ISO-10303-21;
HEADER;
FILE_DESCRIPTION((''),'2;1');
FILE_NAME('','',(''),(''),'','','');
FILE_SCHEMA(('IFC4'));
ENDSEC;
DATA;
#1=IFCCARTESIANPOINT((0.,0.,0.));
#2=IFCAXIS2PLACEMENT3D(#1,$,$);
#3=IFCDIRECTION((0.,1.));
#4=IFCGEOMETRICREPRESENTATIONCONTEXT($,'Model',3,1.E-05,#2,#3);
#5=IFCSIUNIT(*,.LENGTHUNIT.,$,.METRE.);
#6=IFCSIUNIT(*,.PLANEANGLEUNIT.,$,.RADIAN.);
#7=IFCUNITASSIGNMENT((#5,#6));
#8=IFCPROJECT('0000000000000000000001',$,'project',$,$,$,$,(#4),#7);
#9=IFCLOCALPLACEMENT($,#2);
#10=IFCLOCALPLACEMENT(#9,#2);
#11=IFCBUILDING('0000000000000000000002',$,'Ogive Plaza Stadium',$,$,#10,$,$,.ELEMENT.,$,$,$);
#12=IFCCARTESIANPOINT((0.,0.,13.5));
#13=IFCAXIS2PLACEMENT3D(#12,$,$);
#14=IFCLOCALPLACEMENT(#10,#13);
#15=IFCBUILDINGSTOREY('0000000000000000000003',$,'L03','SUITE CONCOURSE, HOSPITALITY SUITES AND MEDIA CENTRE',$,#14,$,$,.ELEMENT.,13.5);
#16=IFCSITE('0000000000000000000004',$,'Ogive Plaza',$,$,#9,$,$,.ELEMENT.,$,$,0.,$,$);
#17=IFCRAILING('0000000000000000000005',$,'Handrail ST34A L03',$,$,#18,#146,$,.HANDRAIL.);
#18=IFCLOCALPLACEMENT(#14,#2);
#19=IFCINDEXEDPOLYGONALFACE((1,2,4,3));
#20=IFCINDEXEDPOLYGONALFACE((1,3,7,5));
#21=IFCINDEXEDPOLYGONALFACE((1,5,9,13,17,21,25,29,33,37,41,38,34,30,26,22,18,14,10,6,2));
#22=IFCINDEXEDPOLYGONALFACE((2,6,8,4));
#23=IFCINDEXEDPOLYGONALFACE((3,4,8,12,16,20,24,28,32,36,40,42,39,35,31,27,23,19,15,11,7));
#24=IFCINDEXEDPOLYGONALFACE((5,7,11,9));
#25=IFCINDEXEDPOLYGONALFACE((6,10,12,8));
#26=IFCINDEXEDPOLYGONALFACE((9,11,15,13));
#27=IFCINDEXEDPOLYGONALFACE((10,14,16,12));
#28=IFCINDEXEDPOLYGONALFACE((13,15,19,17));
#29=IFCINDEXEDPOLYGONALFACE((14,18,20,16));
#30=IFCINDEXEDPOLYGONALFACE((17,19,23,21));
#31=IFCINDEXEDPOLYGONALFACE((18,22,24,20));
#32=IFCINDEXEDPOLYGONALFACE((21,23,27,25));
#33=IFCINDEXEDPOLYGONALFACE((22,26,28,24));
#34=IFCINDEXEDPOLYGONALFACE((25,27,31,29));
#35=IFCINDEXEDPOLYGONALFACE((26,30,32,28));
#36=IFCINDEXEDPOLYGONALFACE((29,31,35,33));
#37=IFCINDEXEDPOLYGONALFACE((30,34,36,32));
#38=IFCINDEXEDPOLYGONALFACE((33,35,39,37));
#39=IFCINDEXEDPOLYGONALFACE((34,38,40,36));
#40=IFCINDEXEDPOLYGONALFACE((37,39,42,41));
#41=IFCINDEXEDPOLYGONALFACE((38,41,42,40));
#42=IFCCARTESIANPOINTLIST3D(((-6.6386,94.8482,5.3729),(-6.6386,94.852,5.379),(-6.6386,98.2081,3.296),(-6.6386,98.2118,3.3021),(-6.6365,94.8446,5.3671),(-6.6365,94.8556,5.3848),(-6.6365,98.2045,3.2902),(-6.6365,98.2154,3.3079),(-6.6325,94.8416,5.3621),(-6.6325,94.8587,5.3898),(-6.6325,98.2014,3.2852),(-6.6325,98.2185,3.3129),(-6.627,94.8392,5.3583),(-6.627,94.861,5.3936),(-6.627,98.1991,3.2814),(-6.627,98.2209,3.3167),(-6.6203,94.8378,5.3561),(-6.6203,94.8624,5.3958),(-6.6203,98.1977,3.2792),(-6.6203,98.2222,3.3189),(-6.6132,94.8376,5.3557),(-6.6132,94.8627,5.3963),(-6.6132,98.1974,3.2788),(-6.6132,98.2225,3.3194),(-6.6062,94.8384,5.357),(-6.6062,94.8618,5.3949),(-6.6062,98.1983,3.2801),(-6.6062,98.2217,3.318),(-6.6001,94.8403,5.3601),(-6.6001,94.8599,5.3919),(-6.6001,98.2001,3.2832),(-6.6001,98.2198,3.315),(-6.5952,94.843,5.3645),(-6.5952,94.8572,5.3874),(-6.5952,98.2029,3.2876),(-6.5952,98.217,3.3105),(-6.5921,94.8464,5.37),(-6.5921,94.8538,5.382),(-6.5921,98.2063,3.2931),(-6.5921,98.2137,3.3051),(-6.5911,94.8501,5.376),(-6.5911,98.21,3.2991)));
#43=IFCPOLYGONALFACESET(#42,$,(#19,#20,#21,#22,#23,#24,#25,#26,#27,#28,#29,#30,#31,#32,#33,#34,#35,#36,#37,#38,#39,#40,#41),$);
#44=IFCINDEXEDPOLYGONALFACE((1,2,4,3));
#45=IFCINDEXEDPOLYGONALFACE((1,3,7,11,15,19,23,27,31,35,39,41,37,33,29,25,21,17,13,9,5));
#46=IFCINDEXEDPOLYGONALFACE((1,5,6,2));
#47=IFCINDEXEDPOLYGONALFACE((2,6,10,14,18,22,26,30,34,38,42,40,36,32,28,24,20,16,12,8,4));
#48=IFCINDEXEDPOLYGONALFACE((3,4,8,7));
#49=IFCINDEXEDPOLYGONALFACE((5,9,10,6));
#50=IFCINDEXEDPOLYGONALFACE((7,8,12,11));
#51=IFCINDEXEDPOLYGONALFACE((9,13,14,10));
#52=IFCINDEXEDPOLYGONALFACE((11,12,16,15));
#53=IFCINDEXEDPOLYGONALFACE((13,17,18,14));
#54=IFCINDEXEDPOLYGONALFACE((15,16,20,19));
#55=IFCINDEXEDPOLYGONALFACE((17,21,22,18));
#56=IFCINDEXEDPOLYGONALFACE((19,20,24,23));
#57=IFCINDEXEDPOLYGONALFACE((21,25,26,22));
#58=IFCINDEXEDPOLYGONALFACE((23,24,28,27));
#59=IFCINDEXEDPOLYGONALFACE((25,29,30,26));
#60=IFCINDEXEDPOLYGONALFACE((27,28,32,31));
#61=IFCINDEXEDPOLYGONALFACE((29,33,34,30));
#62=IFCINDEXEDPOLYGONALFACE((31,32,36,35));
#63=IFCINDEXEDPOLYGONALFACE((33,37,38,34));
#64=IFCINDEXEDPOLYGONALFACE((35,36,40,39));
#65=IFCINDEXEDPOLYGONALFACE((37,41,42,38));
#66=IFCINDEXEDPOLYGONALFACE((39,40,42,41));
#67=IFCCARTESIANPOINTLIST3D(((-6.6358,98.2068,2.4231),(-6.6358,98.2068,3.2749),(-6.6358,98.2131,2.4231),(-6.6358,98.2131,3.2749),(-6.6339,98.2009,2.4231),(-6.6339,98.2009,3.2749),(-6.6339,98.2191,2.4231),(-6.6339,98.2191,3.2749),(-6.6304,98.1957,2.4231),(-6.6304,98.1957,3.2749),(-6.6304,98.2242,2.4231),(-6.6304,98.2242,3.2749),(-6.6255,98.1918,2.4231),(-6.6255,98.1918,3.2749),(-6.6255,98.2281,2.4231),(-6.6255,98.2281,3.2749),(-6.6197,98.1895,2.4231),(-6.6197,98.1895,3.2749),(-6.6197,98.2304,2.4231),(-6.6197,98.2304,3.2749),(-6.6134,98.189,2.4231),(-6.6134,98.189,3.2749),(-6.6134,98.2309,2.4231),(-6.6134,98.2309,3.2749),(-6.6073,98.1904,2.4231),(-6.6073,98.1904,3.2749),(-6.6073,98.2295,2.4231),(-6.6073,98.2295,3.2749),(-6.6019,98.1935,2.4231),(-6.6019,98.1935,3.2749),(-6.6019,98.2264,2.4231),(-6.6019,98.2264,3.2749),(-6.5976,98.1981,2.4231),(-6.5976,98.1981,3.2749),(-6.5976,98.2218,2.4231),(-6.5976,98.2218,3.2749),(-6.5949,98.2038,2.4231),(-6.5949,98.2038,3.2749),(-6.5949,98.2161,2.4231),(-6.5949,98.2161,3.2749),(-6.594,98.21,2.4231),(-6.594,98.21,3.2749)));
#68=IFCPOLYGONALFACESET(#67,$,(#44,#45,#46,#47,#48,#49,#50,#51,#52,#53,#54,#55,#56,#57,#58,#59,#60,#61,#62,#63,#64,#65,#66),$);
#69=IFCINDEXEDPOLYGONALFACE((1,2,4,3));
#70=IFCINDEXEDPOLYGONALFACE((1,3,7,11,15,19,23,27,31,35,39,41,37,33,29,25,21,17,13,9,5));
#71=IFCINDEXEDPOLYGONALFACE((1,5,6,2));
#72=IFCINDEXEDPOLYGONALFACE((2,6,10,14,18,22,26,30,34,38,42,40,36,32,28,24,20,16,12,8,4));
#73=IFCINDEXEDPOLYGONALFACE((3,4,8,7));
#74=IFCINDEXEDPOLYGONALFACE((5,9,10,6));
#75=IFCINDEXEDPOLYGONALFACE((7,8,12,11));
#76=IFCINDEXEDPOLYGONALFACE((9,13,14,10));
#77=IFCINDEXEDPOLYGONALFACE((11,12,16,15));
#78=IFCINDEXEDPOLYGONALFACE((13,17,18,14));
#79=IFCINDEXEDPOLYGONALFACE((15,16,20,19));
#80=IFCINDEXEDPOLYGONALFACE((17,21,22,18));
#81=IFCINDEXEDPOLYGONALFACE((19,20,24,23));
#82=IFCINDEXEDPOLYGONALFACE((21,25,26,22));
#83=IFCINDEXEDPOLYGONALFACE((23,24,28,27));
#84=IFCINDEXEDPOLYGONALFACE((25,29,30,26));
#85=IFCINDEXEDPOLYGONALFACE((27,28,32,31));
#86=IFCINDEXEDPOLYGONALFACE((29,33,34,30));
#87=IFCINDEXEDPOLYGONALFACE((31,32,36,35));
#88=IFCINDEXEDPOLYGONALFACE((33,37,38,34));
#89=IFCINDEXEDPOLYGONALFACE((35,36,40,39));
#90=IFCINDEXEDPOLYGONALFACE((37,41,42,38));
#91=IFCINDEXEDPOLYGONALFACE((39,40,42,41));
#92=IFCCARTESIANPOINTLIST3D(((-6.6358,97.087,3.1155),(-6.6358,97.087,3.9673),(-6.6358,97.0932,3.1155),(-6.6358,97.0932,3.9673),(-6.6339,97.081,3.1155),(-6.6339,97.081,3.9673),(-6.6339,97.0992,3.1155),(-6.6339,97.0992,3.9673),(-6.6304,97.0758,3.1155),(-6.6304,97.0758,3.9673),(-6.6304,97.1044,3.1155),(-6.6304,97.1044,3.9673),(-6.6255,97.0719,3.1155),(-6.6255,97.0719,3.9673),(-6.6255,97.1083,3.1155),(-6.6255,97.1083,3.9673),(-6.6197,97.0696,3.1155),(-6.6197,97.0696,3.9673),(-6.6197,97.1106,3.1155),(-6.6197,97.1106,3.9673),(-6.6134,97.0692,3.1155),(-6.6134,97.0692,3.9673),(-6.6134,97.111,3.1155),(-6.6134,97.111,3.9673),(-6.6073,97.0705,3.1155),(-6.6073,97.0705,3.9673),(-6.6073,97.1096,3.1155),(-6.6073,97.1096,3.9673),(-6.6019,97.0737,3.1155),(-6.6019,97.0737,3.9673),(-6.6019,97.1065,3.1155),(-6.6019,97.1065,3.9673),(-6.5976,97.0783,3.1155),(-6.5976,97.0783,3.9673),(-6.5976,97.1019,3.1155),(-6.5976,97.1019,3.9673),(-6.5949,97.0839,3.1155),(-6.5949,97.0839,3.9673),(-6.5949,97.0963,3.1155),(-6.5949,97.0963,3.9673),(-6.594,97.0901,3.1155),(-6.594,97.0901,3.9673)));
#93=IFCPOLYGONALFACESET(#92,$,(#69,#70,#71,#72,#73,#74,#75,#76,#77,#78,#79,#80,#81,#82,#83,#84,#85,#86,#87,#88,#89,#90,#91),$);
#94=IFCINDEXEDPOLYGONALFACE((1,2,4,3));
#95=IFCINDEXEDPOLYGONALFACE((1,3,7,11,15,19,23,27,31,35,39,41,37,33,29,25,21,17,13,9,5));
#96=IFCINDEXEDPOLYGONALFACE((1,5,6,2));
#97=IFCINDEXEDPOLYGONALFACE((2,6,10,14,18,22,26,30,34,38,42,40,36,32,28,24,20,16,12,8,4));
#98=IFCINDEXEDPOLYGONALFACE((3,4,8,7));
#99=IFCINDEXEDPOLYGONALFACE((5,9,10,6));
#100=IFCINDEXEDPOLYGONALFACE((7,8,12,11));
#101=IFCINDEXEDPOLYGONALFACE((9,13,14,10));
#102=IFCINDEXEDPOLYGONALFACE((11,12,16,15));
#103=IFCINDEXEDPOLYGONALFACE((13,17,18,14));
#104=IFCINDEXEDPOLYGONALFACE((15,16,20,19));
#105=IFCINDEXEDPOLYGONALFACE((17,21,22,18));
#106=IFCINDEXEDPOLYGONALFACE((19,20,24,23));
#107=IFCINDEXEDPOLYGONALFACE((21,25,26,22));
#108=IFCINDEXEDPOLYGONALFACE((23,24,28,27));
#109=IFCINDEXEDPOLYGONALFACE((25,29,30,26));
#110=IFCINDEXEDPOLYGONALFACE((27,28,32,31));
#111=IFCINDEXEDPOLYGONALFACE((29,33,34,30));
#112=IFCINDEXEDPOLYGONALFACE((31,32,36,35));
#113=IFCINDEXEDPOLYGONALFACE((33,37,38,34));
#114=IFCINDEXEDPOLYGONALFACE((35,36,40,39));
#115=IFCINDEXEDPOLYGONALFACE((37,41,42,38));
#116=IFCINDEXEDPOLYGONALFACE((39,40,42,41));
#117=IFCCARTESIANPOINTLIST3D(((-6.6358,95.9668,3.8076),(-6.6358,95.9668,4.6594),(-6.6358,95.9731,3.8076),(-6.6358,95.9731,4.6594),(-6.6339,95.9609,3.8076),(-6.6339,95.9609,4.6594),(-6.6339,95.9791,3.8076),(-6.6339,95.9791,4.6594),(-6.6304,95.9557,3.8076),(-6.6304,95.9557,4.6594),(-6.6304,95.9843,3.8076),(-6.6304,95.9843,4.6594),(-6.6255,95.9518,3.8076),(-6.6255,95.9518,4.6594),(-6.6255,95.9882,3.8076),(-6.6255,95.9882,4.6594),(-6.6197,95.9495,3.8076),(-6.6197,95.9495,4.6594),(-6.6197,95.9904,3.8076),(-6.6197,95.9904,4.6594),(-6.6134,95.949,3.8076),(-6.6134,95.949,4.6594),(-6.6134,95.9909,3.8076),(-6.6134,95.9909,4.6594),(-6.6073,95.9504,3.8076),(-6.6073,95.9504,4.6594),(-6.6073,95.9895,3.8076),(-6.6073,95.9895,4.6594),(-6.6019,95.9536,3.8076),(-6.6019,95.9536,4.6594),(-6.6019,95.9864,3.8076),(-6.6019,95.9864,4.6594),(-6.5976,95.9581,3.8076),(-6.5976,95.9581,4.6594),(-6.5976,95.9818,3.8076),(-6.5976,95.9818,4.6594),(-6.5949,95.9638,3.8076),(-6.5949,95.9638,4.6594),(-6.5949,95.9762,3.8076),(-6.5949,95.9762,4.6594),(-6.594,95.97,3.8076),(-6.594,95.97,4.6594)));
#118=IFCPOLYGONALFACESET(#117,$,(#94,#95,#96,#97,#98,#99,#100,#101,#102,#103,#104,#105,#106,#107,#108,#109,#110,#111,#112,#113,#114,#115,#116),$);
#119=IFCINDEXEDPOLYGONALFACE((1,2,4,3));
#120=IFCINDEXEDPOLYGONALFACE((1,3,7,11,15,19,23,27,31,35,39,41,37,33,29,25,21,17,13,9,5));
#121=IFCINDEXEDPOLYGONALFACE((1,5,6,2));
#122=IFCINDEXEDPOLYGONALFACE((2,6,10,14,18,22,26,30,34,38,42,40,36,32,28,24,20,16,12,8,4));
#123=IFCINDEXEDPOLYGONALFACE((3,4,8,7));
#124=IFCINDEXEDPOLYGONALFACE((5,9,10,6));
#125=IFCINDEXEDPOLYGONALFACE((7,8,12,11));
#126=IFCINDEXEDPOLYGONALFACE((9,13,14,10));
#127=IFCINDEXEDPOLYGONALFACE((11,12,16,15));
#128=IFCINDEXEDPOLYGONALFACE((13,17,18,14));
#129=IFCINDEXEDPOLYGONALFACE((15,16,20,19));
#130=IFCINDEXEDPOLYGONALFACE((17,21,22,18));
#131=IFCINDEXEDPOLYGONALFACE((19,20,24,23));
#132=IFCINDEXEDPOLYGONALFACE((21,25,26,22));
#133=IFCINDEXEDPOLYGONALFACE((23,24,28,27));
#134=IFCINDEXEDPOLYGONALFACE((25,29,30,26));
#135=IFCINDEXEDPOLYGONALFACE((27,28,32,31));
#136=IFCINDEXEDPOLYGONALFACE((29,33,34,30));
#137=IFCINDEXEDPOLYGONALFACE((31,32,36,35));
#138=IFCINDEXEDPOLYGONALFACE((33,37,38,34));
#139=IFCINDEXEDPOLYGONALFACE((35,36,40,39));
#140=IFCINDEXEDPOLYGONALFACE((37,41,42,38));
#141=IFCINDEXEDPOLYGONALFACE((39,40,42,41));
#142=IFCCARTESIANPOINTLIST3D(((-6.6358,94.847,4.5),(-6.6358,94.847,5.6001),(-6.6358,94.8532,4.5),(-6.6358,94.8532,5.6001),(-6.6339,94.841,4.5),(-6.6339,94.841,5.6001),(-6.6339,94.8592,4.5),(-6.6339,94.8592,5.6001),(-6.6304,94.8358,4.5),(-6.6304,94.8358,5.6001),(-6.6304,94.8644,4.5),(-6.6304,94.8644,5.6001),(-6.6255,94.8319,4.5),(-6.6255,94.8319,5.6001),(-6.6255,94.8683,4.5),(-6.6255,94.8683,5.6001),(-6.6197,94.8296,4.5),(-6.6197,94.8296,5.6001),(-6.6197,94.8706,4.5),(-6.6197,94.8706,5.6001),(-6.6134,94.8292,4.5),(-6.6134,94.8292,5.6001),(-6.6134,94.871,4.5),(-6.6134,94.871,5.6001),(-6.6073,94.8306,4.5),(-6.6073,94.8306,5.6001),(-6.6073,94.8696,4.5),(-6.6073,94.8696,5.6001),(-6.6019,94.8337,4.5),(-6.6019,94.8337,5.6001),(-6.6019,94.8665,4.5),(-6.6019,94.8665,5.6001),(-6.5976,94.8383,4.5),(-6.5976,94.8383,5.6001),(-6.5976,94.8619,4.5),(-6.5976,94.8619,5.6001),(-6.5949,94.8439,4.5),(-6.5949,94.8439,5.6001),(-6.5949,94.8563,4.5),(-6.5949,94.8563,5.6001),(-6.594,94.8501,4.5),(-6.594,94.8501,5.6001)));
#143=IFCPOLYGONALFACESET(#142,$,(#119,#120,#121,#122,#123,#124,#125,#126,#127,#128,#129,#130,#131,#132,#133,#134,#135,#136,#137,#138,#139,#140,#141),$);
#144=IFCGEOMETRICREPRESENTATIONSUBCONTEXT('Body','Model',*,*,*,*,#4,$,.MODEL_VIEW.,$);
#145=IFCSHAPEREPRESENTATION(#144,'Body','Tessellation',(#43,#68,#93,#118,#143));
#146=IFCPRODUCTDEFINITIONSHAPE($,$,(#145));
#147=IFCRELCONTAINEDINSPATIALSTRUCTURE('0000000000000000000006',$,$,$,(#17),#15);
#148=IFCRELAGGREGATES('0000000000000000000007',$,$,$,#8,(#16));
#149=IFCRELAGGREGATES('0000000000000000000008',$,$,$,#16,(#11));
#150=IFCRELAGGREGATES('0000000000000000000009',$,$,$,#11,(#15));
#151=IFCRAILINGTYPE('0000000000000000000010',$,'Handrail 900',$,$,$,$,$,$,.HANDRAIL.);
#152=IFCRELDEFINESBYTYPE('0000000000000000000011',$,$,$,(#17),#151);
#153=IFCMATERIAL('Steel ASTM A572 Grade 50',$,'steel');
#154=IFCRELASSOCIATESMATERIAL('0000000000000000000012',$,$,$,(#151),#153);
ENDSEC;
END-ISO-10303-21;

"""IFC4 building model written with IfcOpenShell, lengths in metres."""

from ifc_helpers import new_model, si_unit, direction, frame, origin, origin_2d, place, context, subcontext, project, spatial, circle, extrude, material, type_object, element, save


model = new_model("IFC4")

# Units and contexts
model_context = context("Model", 3, precision=1e-05, world=origin(), true_north=direction((0.0, 1.0)))
body_context = subcontext(model_context, "Body", "Model", "MODEL_VIEW")
ifc_project = project(units=[si_unit("LENGTHUNIT", "METRE"), si_unit("PLANEANGLEUNIT", "RADIAN")], contexts=[model_context])

# Site, building, storey
site_placement = place(None, origin())
site = spatial("IfcSite", under=ifc_project, at=site_placement, Name="Ogive Plaza", CompositionType="ELEMENT", RefElevation=0.0)
building_placement = place(site_placement, origin())
building = spatial("IfcBuilding", under=site, at=building_placement, Name="Ogive Plaza Stadium", CompositionType="ELEMENT")
storey_placement = place(building_placement, frame((0.0, 0.0, 13.5)))
storey = spatial("IfcBuildingStorey", under=building, at=storey_placement, Name="L03", Description="SUITE CONCOURSE, HOSPITALITY SUITES AND MEDIA CENTRE", CompositionType="ELEMENT", Elevation=13.5)

# Railing
ifc_material_1 = material(Name="Steel ASTM A572 Grade 50", Category="steel")
railing_type_1 = type_object("IfcRailingType", Name="Handrail 900", PredefinedType="HANDRAIL", material=ifc_material_1)
for number, where, name in (
    (1, (-6.615, 98.21, 2.4231), "Handrail ST34A L03"),
):
    element("IfcRailing", number, at=place(storey_placement, frame(where)), inside=storey, type_object=railing_type_1, Name=name, PredefinedType="HANDRAIL", context=body_context, shape_type="SweptSolid", body=[
        extrude(circle(Radius=0.0239, at=origin_2d()), frame((0.0, 0.0, 0.876), z_axis=(0.0, -0.850606, 0.525803), x_axis=(1.0, 0.0, 0.0)), (0.0, 0.0, 1.0), 3.95),
        extrude(circle(Radius=0.021, at=origin_2d()), origin(), (0.0, 0.0, 1.0), 0.8518),
        extrude(circle(Radius=0.021, at=origin_2d()), frame((0.0, -1.1199, 0.6924)), (0.0, 0.0, 1.0), 0.8518),
        extrude(circle(Radius=0.021, at=origin_2d()), frame((0.0, -2.24, 1.3845)), (0.0, 0.0, 1.0), 0.8518),
        extrude(circle(Radius=0.021, at=origin_2d()), frame((0.0, -3.3599, 2.0769)), (0.0, 0.0, 1.0), 1.1001),
    ])

save(model, "model.ifc")
